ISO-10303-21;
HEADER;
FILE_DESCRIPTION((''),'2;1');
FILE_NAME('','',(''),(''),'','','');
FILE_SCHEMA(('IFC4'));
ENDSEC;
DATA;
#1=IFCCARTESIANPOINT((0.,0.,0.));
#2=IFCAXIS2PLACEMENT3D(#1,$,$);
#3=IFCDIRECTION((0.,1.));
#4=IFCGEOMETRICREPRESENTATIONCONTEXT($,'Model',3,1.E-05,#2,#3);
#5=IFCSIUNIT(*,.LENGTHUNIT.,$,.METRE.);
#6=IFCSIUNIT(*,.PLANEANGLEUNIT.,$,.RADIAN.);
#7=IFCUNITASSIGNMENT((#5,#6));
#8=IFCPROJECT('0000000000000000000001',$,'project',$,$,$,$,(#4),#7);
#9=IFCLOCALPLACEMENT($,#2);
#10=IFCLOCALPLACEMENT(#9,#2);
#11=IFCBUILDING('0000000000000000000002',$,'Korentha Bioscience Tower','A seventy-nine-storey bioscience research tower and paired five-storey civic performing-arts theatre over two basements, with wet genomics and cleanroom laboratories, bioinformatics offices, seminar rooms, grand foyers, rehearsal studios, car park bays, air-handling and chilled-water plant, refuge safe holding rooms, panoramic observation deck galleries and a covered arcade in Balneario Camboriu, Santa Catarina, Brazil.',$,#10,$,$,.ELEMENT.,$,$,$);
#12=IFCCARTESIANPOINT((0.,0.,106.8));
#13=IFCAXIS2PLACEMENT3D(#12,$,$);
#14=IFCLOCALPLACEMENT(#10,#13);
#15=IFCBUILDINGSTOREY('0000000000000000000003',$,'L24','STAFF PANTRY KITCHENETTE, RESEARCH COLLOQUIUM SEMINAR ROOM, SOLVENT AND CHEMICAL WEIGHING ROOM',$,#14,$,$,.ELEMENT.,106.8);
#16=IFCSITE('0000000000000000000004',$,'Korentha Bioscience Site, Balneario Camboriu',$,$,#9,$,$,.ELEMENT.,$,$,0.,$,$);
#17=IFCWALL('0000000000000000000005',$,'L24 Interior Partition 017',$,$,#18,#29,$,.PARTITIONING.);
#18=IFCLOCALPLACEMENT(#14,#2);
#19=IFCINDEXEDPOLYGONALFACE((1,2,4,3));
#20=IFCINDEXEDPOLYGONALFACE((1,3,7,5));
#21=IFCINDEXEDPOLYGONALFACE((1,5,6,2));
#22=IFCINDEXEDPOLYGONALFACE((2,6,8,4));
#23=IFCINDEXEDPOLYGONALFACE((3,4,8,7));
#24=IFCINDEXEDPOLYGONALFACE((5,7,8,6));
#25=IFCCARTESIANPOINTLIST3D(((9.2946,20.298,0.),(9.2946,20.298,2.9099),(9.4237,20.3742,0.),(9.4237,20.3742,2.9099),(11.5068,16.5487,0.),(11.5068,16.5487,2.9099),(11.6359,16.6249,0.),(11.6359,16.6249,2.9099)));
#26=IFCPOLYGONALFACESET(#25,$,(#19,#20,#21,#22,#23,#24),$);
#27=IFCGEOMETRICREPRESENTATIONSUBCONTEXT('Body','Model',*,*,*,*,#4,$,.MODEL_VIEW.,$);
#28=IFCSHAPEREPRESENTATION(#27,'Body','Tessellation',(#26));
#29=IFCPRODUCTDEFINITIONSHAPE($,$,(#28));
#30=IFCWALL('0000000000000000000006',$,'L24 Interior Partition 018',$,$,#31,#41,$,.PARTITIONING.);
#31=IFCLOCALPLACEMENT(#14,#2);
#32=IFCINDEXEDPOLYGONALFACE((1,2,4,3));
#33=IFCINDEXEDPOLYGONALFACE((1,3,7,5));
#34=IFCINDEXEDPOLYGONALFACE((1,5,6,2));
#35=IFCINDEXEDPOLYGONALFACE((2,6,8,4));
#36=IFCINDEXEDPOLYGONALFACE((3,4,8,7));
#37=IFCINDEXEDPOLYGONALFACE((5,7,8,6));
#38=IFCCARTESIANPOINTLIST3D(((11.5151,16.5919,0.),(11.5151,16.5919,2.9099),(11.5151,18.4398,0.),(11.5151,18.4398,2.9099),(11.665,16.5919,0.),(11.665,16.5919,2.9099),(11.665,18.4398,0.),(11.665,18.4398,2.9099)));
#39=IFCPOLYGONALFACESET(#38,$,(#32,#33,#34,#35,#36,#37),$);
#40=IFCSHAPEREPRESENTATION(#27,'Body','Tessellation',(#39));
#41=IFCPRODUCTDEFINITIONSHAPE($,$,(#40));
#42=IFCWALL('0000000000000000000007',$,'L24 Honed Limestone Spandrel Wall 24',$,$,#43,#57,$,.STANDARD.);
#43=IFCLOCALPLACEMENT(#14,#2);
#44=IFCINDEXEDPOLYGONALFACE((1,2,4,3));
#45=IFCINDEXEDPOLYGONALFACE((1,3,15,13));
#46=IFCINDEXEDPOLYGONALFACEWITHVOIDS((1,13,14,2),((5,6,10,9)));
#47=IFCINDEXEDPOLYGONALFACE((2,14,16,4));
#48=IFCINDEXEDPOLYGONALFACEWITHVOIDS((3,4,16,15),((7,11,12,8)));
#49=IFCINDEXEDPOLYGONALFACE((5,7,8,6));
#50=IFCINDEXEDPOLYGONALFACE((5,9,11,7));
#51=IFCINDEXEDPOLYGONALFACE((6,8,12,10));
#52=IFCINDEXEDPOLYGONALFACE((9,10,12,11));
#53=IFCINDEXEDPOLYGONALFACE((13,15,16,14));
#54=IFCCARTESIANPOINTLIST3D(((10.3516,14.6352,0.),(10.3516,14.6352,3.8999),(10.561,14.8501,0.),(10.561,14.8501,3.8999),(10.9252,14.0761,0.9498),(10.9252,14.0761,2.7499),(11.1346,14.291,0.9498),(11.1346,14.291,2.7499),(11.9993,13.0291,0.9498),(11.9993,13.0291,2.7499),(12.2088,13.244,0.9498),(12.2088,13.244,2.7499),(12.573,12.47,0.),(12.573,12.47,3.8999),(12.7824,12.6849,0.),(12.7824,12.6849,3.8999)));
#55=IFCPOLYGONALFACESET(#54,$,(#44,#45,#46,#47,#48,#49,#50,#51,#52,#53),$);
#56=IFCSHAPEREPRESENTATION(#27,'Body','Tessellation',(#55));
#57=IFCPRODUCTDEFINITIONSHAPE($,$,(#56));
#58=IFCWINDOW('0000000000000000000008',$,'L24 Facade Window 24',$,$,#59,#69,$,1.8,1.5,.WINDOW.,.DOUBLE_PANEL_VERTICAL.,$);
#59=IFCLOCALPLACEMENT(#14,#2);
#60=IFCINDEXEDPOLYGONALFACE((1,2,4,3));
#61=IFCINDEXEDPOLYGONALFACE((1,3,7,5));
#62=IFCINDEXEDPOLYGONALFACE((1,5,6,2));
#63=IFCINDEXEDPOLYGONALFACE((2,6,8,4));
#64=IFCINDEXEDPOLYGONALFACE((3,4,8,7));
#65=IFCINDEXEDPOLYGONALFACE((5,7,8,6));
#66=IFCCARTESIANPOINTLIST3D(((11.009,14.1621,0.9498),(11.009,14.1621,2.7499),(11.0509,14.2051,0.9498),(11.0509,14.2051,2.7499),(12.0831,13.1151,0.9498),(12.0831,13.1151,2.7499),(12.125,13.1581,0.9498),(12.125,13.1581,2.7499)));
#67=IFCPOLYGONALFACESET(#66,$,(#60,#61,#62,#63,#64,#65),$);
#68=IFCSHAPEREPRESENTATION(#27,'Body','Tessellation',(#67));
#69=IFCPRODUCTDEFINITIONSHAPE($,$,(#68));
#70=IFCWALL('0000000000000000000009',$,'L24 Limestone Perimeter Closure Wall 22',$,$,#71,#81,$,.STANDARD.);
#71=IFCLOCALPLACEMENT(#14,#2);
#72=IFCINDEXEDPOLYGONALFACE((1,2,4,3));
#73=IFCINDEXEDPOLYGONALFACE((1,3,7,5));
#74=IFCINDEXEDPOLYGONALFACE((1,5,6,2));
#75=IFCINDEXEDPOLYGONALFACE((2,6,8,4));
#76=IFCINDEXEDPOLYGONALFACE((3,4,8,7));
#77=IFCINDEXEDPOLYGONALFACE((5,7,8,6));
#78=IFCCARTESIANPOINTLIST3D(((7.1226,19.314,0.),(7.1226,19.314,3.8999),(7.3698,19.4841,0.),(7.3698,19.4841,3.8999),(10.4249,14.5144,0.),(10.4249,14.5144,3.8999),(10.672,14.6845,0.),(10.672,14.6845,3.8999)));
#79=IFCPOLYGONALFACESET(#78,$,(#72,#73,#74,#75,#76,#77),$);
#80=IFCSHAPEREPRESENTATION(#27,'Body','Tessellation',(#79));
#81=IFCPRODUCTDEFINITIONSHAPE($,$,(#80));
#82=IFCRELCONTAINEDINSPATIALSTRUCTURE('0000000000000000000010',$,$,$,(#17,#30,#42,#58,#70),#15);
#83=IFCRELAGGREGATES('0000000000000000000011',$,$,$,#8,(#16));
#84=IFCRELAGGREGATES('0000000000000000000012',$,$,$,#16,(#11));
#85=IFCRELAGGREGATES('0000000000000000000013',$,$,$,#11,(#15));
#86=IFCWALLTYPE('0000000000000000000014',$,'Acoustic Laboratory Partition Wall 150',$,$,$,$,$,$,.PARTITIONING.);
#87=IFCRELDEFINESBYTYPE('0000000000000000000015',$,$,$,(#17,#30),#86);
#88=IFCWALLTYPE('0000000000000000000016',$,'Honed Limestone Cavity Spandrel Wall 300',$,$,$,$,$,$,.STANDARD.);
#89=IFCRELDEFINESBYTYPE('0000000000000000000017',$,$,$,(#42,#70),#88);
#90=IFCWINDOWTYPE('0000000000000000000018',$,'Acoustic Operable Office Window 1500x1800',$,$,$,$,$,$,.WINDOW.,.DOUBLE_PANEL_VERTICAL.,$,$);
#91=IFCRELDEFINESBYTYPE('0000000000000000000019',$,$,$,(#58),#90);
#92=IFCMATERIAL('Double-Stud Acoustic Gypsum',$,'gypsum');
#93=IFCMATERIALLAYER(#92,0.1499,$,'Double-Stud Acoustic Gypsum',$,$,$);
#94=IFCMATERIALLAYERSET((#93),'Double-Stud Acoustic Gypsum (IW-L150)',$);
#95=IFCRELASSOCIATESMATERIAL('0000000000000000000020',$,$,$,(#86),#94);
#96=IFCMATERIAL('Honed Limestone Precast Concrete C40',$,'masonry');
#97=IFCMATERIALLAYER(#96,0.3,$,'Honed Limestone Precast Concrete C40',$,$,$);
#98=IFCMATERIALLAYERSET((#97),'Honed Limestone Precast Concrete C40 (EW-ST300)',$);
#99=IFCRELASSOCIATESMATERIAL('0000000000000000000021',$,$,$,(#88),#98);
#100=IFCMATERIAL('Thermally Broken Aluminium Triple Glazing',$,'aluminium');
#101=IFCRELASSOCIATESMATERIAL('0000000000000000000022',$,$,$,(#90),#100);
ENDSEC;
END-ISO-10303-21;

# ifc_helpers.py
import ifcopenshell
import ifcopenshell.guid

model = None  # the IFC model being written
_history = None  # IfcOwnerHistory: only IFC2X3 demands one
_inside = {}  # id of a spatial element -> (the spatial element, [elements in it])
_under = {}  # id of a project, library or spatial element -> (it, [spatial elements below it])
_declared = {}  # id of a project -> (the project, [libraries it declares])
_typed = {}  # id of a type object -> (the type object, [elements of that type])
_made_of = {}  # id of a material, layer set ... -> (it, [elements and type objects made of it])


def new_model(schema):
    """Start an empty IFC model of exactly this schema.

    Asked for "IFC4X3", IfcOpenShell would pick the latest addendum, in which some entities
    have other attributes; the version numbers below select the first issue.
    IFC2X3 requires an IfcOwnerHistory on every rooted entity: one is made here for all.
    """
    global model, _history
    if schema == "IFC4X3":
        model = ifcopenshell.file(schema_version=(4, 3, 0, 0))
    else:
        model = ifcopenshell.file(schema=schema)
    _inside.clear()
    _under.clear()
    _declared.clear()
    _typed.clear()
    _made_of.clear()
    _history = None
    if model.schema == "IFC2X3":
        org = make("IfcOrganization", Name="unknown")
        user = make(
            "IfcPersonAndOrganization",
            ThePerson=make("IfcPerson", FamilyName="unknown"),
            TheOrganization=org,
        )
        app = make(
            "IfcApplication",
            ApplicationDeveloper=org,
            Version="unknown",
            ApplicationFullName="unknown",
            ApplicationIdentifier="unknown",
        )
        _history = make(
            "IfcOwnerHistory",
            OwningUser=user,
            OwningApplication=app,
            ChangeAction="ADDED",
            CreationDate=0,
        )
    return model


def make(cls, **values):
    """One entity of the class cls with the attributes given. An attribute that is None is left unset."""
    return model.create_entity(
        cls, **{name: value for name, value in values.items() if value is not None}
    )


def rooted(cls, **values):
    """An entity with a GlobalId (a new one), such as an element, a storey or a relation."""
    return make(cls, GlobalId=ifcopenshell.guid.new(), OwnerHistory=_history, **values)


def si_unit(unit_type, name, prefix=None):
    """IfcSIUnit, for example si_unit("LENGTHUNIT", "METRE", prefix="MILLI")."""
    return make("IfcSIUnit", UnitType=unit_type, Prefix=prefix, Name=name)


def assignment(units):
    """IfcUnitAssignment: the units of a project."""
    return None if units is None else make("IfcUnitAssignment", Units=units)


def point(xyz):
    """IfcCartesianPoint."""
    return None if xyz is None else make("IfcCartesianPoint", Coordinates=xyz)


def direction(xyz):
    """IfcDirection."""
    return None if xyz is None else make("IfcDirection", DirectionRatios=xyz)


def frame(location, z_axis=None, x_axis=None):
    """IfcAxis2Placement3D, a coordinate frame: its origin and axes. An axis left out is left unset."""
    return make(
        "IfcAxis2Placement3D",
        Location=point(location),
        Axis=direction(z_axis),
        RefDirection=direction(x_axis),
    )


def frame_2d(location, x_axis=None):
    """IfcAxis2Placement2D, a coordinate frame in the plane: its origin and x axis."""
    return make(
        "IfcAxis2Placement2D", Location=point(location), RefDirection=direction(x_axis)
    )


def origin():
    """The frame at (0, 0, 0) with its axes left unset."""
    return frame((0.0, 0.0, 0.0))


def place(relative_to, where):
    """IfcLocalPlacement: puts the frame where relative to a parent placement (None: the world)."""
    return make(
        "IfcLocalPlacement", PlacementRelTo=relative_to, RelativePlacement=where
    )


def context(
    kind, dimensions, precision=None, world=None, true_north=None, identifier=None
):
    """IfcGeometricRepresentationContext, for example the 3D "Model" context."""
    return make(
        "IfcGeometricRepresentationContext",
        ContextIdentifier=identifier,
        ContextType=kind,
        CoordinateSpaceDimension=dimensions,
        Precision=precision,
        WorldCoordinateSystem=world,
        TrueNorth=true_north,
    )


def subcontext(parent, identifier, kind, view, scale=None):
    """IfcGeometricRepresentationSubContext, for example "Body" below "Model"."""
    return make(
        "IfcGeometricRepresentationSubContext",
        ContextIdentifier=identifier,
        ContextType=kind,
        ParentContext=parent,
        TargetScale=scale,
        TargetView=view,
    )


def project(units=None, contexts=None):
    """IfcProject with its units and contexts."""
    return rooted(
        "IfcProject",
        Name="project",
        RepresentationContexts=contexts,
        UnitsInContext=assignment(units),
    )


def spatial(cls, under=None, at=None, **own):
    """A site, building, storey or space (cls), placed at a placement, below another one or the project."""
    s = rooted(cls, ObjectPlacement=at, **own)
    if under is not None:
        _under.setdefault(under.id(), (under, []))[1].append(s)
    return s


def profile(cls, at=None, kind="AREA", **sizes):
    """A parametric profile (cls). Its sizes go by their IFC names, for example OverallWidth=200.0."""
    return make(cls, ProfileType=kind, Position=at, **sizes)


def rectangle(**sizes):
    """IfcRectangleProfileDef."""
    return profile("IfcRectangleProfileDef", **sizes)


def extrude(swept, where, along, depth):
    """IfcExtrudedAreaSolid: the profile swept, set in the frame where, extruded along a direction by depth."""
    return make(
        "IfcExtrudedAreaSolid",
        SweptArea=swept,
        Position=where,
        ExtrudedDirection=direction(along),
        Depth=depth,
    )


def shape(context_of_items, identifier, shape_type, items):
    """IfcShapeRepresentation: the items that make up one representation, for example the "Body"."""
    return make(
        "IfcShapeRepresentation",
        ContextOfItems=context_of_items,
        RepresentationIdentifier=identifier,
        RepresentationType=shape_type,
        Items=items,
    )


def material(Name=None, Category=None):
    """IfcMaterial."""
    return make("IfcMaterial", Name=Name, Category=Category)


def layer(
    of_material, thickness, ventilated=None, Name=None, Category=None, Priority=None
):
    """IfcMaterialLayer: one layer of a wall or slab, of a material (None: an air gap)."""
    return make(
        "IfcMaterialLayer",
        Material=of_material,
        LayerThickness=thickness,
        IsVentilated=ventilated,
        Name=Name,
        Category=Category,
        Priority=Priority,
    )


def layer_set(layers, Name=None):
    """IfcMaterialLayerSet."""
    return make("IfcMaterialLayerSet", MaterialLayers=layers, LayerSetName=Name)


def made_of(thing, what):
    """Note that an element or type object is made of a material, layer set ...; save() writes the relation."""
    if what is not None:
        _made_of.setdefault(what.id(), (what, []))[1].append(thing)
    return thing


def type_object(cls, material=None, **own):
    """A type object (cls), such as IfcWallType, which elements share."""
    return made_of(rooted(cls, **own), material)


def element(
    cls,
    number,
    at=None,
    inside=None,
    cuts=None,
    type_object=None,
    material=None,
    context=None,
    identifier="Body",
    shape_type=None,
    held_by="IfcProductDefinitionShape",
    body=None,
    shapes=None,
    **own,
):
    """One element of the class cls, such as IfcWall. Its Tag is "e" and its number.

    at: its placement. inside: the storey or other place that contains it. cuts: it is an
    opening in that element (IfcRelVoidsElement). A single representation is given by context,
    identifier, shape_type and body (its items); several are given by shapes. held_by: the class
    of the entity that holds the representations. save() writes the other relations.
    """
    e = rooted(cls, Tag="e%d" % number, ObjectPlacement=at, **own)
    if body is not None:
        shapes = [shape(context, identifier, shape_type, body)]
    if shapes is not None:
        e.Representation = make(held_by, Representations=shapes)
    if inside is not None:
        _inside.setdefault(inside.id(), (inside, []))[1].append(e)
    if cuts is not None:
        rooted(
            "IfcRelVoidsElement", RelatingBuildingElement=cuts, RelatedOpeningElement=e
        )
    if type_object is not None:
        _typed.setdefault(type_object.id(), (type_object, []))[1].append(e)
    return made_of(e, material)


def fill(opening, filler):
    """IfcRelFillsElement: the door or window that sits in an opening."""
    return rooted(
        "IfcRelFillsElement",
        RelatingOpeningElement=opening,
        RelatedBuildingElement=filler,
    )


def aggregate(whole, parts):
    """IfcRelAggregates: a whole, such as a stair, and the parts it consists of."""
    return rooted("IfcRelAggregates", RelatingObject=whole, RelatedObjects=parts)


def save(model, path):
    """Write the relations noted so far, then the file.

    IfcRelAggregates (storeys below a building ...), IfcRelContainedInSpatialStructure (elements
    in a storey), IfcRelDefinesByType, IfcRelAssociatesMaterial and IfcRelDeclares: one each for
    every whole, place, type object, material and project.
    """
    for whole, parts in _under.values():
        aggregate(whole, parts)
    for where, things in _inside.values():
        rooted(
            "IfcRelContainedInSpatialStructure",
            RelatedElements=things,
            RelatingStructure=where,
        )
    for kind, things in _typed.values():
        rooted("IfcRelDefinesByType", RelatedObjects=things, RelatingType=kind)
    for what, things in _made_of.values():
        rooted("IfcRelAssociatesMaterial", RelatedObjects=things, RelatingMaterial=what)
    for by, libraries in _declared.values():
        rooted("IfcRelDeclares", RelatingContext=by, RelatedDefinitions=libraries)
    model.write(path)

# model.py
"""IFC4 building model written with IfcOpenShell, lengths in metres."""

from ifc_helpers import new_model, si_unit, direction, frame, frame_2d, origin, place, context, subcontext, project, spatial, rectangle, extrude, material, layer, layer_set, type_object, element, fill, save


model = new_model("IFC4")

# Units and contexts
model_context = context("Model", 3, precision=1e-05, world=origin(), true_north=direction((0.0, 1.0)))
body_context = subcontext(model_context, "Body", "Model", "MODEL_VIEW")
ifc_project = project(units=[si_unit("LENGTHUNIT", "METRE"), si_unit("PLANEANGLEUNIT", "RADIAN")], contexts=[model_context])

# Site, building, storey
site_placement = place(None, origin())
site = spatial("IfcSite", under=ifc_project, at=site_placement, Name="Korentha Bioscience Site, Balneario Camboriu", CompositionType="ELEMENT", RefElevation=0.0)
building_placement = place(site_placement, origin())
building = spatial("IfcBuilding", under=site, at=building_placement, Name="Korentha Bioscience Tower", Description="A seventy-nine-storey bioscience research tower and paired five-storey civic performing-arts theatre over two basements, with wet genomics and cleanroom laboratories, bioinformatics offices, seminar rooms, grand foyers, rehearsal studios, car park bays, air-handling and chilled-water plant, refuge safe holding rooms, panoramic observation deck galleries and a covered arcade in Balneario Camboriu, Santa Catarina, Brazil.", CompositionType="ELEMENT")
storey_placement = place(building_placement, frame((0.0, 0.0, 106.8)))
storey = spatial("IfcBuildingStorey", under=building, at=storey_placement, Name="L24", Description="STAFF PANTRY KITCHENETTE, RESEARCH COLLOQUIUM SEMINAR ROOM, SOLVENT AND CHEMICAL WEIGHING ROOM", CompositionType="ELEMENT", Elevation=106.8)

# Shared definitions
ifc_material_1 = material(Name="Double-Stud Acoustic Gypsum", Category="gypsum")
ifc_layer_1 = layer(ifc_material_1, 0.1499, Name="Double-Stud Acoustic Gypsum")
ifc_layer_set_1 = layer_set([ifc_layer_1], Name="Double-Stud Acoustic Gypsum (IW-L150)")
wall_type_1 = type_object("IfcWallType", Name="Acoustic Laboratory Partition Wall 150", PredefinedType="PARTITIONING", material=ifc_layer_set_1)

# Walls
wall_1_placement = place(storey_placement, frame((9.3591, 20.3362, 0.0), z_axis=(0.0, 0.0, 1.0), x_axis=(0.508164, -0.86126, 0.0)))
element("IfcWall", 1, at=wall_1_placement, inside=storey, type_object=wall_type_1, Name="L24 Interior Partition 017", PredefinedType="PARTITIONING", context=body_context, shape_type="SweptSolid", body=[
    extrude(rectangle(XDim=4.3533, YDim=0.1499, at=frame_2d((2.1768, 0.0))), origin(), (0.0, 0.0, 1.0), 2.9099),
])
wall_2_placement = place(storey_placement, frame((11.5901, 16.592, 0.0), z_axis=(0.0, 0.0, 1.0), x_axis=(0.0, 1.0, 0.0)))
element("IfcWall", 2, at=wall_2_placement, inside=storey, type_object=wall_type_1, Name="L24 Interior Partition 018", PredefinedType="PARTITIONING", context=body_context, shape_type="SweptSolid", body=[
    extrude(rectangle(XDim=1.8479, YDim=0.1499, at=frame_2d((0.9238, 0.0))), origin(), (0.0, 0.0, 1.0), 2.9099),
])

# Wall, opening, window
ifc_material_2 = material(Name="Honed Limestone Precast Concrete C40", Category="masonry")
ifc_layer_2 = layer(ifc_material_2, 0.3, Name="Honed Limestone Precast Concrete C40")
ifc_layer_set_2 = layer_set([ifc_layer_2], Name="Honed Limestone Precast Concrete C40 (EW-ST300)")
wall_type_2 = type_object("IfcWallType", Name="Honed Limestone Cavity Spandrel Wall 300", PredefinedType="STANDARD", material=ifc_layer_set_2)
wall_3_placement = place(storey_placement, frame((10.4563, 14.7427, 0.0), z_axis=(0.0, 0.0, 1.0), x_axis=(0.716099, -0.697998, 0.0)))
wall_3 = element("IfcWall", 3, at=wall_3_placement, inside=storey, type_object=wall_type_2, Name="L24 Honed Limestone Spandrel Wall 24", PredefinedType="STANDARD", context=body_context, shape_type="SweptSolid", body=[
    extrude(rectangle(XDim=3.1021, YDim=0.3, at=frame_2d((1.551, 0.0))), origin(), (0.0, 0.0, 1.0), 3.8999),
])
opening_1_placement = place(wall_3_placement, frame((0.801, 0.0, 0.95)))
opening_1 = element("IfcOpeningElement", 4, at=opening_1_placement, cuts=wall_3, PredefinedType="OPENING", context=body_context, shape_type="SweptSolid", body=[
    extrude(rectangle(XDim=1.5, YDim=1.8, at=frame_2d((0.75, 0.8999))), frame((0.0, 0.165, 0.0), z_axis=(0.0, -1.0, 0.0), x_axis=(1.0, 0.0, 0.0)), (0.0, 0.0, 1.0), 0.3298),
])
ifc_material_3 = material(Name="Thermally Broken Aluminium Triple Glazing", Category="aluminium")
window_type = type_object("IfcWindowType", Name="Acoustic Operable Office Window 1500x1800", PartitioningType="DOUBLE_PANEL_VERTICAL", PredefinedType="WINDOW", material=ifc_material_3)
window_placement = place(opening_1_placement, origin())
window = element("IfcWindow", 5, at=window_placement, inside=storey, type_object=window_type, Name="L24 Facade Window 24", OverallHeight=1.8, OverallWidth=1.5, PartitioningType="DOUBLE_PANEL_VERTICAL", PredefinedType="WINDOW", context=body_context, shape_type="SweptSolid", body=[
    extrude(rectangle(XDim=1.5, YDim=1.8, at=frame_2d((0.75, 0.8999))), frame((0.0, 0.03, 0.0), z_axis=(0.0, -1.0, 0.0), x_axis=(1.0, 0.0, 0.0)), (0.0, 0.0, 1.0), 0.0601),
])
fill(opening_1, window)

# Wall
wall_4_placement = place(storey_placement, frame((7.2461, 19.3992, 0.0), z_axis=(0.0, 0.0, 1.0), x_axis=(0.566826, -0.823838, 0.0)))
element("IfcWall", 6, at=wall_4_placement, inside=storey, type_object=wall_type_2, Name="L24 Limestone Perimeter Closure Wall 22", PredefinedType="STANDARD", context=body_context, shape_type="SweptSolid", body=[
    extrude(rectangle(XDim=5.8259, YDim=0.3, at=frame_2d((2.9131, 0.0))), origin(), (0.0, 0.0, 1.0), 3.8999),
])

save(model, "model.ifc")
